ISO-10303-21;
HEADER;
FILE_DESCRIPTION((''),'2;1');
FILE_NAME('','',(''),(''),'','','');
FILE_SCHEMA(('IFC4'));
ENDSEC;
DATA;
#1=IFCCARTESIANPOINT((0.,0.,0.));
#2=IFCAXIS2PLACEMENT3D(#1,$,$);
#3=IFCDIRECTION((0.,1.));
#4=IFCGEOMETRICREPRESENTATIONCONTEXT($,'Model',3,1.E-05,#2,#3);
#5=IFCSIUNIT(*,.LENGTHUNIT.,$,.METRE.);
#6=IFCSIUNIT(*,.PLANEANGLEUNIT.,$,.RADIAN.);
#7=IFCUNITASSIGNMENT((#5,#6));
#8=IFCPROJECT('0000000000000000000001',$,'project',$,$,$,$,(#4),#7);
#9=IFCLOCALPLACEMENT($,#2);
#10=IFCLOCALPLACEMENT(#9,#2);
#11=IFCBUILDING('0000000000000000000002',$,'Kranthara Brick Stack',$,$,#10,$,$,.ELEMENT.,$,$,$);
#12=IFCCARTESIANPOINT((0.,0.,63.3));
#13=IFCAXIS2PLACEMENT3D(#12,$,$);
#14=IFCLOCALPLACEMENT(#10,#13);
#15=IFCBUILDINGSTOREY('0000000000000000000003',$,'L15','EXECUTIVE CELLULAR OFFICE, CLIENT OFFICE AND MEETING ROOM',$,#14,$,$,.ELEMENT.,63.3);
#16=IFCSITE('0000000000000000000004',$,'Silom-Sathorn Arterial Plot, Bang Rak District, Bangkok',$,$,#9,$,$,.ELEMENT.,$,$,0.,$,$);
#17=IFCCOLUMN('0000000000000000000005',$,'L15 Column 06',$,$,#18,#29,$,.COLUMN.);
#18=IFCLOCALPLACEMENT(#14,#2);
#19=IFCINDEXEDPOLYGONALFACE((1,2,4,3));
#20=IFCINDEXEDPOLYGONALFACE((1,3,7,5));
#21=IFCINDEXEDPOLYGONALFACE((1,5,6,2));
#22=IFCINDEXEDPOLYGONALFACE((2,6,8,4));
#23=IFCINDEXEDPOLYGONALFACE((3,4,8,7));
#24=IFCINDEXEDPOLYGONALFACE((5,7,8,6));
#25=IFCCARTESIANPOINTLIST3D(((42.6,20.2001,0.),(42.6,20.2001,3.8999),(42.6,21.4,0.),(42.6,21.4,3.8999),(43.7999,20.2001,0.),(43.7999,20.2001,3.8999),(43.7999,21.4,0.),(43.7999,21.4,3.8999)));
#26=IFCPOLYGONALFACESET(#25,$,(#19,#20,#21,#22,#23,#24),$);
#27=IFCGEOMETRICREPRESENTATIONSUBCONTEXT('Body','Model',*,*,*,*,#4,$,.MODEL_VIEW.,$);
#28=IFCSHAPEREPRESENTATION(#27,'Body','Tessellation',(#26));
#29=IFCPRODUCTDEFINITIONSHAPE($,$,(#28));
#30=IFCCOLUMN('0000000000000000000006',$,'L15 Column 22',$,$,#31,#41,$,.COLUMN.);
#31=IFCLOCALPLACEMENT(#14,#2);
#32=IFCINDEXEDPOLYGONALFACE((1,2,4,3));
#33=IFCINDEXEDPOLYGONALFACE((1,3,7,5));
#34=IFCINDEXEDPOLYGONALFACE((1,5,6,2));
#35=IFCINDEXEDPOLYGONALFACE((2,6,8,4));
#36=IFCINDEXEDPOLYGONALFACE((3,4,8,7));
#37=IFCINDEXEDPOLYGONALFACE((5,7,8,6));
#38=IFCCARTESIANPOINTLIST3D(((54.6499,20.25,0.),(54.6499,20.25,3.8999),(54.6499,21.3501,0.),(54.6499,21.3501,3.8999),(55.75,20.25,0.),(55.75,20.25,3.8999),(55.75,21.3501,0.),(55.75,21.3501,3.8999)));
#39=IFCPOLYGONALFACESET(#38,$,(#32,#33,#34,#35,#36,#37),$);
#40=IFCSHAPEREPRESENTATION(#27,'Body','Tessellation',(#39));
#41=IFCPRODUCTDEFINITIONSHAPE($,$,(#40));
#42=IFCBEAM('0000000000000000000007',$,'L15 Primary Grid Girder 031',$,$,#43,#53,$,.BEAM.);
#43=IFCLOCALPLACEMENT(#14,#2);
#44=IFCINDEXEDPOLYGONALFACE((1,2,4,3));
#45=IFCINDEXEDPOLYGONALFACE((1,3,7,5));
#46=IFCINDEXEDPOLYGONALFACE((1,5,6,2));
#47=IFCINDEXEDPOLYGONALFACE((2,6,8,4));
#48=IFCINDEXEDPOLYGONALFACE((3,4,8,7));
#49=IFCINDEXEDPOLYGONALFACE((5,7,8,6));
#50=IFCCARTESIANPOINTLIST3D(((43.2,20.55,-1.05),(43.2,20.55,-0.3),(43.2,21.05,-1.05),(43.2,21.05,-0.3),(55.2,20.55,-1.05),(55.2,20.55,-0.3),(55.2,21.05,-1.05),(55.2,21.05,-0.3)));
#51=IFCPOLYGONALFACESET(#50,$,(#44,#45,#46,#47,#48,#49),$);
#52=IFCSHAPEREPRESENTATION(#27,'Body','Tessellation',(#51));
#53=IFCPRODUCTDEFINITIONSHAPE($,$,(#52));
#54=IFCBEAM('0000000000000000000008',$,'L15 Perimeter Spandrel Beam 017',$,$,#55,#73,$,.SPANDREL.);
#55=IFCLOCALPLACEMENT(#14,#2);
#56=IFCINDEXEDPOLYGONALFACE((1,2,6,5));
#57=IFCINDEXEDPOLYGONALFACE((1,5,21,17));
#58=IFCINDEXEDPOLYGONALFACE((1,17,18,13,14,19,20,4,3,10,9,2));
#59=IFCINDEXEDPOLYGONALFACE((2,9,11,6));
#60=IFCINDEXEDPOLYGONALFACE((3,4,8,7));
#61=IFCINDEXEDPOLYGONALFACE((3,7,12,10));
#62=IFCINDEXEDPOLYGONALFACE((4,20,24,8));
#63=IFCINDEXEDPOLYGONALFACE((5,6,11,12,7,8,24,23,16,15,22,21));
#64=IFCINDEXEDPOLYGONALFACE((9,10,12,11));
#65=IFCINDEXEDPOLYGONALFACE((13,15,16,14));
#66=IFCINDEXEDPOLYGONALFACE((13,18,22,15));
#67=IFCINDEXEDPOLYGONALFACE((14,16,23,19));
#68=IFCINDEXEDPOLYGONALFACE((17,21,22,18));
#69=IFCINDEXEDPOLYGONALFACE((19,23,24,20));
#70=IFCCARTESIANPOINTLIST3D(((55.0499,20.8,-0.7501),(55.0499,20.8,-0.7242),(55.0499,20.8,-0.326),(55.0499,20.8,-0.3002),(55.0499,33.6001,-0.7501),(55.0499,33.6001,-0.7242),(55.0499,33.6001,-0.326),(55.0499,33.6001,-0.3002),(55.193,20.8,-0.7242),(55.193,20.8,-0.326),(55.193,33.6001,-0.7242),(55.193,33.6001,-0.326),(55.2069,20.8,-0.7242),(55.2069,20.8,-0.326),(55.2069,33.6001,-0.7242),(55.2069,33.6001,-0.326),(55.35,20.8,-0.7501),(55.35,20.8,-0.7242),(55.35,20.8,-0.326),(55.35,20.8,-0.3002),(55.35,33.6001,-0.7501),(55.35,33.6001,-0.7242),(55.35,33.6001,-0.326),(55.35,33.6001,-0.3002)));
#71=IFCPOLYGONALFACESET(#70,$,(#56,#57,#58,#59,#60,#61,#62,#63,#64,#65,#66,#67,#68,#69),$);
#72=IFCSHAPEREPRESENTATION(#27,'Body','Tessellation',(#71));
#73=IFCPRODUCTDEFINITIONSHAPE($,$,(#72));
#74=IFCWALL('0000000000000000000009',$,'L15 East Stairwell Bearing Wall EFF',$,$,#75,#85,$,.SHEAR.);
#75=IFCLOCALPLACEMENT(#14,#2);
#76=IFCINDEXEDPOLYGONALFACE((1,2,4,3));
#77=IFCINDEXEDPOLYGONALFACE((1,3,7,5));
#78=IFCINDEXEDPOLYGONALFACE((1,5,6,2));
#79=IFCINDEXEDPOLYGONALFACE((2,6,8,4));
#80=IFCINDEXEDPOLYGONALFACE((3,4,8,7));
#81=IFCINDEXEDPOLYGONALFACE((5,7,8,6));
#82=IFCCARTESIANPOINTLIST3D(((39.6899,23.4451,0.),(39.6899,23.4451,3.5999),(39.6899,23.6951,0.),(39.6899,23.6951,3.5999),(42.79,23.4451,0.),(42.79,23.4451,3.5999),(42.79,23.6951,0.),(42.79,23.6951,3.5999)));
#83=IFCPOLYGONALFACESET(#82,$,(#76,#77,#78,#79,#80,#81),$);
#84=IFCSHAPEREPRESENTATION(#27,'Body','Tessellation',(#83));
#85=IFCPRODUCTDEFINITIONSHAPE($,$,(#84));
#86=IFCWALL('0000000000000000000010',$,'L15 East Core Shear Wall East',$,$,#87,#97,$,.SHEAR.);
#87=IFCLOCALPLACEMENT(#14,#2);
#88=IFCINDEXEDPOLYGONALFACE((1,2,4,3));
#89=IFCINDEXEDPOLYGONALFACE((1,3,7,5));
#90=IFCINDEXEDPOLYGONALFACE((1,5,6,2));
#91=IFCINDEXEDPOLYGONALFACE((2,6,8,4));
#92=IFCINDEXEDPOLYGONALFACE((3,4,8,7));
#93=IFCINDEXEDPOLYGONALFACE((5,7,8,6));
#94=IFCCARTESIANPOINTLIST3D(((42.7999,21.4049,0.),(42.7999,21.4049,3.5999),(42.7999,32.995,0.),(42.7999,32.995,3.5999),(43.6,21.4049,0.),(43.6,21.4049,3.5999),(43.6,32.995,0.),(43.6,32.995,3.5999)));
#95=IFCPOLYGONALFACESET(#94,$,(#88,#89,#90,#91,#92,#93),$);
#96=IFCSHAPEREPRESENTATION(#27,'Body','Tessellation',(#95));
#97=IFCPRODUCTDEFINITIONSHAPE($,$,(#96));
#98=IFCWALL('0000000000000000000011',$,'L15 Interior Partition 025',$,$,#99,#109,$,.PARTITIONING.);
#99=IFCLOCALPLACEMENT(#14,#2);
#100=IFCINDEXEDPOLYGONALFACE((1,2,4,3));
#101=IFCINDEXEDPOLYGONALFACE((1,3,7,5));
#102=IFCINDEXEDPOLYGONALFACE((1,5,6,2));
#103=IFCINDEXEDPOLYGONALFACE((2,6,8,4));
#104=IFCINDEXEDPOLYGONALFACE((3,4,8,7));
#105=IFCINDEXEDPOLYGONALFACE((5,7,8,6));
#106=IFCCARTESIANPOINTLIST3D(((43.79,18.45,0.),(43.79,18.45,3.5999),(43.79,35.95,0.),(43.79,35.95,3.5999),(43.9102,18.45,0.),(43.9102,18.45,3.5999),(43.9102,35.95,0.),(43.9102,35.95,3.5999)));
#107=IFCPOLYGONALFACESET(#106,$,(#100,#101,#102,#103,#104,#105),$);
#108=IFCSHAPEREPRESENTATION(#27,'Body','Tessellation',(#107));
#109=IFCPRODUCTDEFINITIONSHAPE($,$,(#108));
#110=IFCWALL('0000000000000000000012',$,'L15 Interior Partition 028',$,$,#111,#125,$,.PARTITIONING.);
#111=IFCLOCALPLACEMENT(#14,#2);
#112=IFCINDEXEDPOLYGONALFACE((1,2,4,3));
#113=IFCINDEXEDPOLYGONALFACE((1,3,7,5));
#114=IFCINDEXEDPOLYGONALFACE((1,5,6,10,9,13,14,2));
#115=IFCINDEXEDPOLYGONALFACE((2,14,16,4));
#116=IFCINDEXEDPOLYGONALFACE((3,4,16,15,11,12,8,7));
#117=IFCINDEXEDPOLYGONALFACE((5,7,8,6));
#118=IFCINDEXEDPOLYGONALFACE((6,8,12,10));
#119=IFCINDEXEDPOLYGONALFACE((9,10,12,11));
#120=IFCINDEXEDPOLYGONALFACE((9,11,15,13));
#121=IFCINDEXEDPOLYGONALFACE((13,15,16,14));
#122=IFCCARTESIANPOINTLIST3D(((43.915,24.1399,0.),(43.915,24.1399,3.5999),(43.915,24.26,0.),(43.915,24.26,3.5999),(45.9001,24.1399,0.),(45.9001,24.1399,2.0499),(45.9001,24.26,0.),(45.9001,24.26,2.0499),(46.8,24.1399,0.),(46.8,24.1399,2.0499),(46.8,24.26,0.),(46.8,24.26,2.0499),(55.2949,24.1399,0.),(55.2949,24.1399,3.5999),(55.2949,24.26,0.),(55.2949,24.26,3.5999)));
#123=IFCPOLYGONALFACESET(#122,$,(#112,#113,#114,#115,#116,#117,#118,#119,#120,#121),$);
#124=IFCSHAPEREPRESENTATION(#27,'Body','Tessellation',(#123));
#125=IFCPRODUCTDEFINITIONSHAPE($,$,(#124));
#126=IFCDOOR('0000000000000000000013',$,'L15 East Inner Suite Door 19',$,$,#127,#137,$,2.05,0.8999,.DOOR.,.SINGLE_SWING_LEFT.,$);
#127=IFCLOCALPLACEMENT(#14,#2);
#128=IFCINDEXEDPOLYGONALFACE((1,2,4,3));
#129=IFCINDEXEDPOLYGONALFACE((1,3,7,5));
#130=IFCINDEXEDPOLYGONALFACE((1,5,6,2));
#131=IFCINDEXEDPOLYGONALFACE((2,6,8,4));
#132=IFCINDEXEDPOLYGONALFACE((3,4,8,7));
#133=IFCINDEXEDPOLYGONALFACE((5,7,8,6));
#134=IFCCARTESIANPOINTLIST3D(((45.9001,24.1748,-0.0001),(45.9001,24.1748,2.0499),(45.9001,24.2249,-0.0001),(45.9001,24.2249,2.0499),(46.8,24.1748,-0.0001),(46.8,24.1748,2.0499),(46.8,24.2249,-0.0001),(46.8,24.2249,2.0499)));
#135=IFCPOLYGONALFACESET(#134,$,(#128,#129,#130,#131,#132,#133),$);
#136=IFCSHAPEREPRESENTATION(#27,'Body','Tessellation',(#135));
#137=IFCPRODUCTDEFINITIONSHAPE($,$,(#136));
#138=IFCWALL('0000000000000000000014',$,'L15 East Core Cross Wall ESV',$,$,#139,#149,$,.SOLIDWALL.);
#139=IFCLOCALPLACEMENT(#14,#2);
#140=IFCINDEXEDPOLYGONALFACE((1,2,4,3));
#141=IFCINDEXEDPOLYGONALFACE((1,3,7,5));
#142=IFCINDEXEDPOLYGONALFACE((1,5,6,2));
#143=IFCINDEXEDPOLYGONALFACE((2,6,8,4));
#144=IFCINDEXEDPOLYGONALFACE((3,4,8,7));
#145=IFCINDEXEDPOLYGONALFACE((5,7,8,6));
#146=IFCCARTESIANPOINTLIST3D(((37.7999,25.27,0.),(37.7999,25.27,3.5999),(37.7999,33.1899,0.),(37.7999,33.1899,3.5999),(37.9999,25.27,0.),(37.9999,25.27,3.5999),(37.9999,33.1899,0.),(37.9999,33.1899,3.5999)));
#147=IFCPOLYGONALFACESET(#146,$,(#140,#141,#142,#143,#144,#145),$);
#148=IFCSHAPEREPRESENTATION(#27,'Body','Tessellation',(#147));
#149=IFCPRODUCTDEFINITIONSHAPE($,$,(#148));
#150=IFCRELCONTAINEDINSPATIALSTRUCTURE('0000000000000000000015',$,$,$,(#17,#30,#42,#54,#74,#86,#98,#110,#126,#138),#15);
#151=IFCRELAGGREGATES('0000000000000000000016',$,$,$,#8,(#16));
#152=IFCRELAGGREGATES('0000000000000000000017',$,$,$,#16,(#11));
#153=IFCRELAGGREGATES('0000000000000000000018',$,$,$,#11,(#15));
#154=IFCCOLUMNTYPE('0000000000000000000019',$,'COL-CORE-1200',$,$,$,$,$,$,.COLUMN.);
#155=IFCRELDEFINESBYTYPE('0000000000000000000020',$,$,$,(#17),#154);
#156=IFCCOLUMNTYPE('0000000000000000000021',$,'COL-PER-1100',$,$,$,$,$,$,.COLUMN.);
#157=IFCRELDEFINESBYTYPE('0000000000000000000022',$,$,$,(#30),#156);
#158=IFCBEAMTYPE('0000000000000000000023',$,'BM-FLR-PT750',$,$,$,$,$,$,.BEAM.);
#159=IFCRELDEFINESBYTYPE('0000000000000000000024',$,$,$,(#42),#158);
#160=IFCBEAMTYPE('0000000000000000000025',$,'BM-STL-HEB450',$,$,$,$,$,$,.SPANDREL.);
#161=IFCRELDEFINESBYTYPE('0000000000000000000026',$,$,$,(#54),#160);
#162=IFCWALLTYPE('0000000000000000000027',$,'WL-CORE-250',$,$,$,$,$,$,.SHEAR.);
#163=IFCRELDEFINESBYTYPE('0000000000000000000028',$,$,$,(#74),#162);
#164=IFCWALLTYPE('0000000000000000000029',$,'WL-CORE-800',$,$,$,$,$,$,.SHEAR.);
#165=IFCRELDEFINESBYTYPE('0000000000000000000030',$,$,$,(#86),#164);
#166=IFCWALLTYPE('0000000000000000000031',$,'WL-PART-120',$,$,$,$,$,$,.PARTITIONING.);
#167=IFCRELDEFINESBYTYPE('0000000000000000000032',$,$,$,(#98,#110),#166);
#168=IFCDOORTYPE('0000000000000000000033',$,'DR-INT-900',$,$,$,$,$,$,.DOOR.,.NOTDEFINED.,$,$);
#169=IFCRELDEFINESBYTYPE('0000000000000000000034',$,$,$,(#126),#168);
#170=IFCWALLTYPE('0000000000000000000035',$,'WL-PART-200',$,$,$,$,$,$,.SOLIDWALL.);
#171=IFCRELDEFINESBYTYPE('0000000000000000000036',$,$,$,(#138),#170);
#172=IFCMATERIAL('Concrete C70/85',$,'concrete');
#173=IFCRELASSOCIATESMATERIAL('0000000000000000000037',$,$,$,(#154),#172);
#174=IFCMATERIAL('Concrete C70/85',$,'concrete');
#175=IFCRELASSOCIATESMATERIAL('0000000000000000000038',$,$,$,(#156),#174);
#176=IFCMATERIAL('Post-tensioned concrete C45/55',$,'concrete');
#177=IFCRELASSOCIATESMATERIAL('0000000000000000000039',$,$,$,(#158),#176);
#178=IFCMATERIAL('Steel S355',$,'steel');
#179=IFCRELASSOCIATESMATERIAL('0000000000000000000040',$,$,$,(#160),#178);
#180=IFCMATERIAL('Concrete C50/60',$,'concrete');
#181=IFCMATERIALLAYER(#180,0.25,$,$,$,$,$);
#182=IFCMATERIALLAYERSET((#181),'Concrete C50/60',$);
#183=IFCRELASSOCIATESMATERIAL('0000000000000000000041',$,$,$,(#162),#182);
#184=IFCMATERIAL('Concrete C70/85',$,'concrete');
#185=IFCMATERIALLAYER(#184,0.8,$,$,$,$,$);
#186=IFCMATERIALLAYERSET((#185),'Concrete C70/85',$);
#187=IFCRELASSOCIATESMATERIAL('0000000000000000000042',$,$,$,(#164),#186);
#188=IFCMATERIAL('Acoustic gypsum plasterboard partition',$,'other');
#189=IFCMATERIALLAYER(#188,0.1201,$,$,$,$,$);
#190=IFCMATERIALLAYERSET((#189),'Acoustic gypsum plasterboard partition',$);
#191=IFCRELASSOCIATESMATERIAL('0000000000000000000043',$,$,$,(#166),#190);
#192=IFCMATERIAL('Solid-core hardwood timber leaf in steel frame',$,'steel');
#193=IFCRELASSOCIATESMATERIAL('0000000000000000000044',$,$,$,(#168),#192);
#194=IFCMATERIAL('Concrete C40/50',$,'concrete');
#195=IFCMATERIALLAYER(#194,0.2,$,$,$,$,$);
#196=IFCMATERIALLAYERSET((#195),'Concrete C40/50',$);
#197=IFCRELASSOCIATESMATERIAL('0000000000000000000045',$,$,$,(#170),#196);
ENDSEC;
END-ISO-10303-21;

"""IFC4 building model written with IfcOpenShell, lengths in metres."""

from ifc_helpers import new_model, si_unit, direction, frame, frame_2d, origin, origin_2d, place, context, subcontext, project, spatial, rectangle, i_section, extrude, material, layer, layer_set, material_profile, profile_set, type_object, element, fill, save


model = new_model("IFC4")

# Units and contexts
model_context = context("Model", 3, precision=1e-05, world=origin(), true_north=direction((0.0, 1.0)))
body_context = subcontext(model_context, "Body", "Model", "MODEL_VIEW")
ifc_project = project(units=[si_unit("LENGTHUNIT", "METRE"), si_unit("PLANEANGLEUNIT", "RADIAN")], contexts=[model_context])

# Site, building, storey
site_placement = place(None, origin())
site = spatial("IfcSite", under=ifc_project, at=site_placement, Name="Silom-Sathorn Arterial Plot, Bang Rak District, Bangkok", CompositionType="ELEMENT", RefElevation=0.0)
building_placement = place(site_placement, origin())
building = spatial("IfcBuilding", under=site, at=building_placement, Name="Kranthara Brick Stack", CompositionType="ELEMENT")
storey_placement = place(building_placement, frame((0.0, 0.0, 63.3)))
storey = spatial("IfcBuildingStorey", under=building, at=storey_placement, Name="L15", Description="EXECUTIVE CELLULAR OFFICE, CLIENT OFFICE AND MEETING ROOM", CompositionType="ELEMENT", Elevation=63.3)

# Columns
ifc_material_1 = material(Name="Concrete C70/85", Category="concrete")
ifc_material_profile_1 = material_profile(ifc_material_1, rectangle(XDim=1.2, YDim=1.2, at=origin_2d()), Name="RC 1200x1200")
ifc_profile_set_1 = profile_set([ifc_material_profile_1], Name="Concrete C70/85")
column_type_1 = type_object("IfcColumnType", Name="COL-CORE-1200", PredefinedType="COLUMN", material=ifc_profile_set_1)
column_1_placement = place(storey_placement, frame((43.2, 20.8, 0.0), z_axis=(0.0, 0.0, 1.0), x_axis=(1.0, 0.0, 0.0)))
element("IfcColumn", 1, at=column_1_placement, inside=storey, type_object=column_type_1, Name="L15 Column 06", PredefinedType="COLUMN", context=body_context, shape_type="SweptSolid", body=[
    extrude(rectangle(XDim=1.2, YDim=1.2, at=origin_2d()), origin(), (0.0, 0.0, 1.0), 3.8999),
])
ifc_material_2 = material(Name="Concrete C70/85", Category="concrete")
ifc_material_profile_2 = material_profile(ifc_material_2, rectangle(XDim=1.1001, YDim=1.1001, at=origin_2d()), Name="RC 1100x1100")
ifc_profile_set_2 = profile_set([ifc_material_profile_2], Name="Concrete C70/85")
column_type_2 = type_object("IfcColumnType", Name="COL-PER-1100", PredefinedType="COLUMN", material=ifc_profile_set_2)
column_2_placement = place(storey_placement, frame((55.2, 20.8, 0.0), z_axis=(0.0, 0.0, 1.0), x_axis=(1.0, 0.0, 0.0)))
element("IfcColumn", 2, at=column_2_placement, inside=storey, type_object=column_type_2, Name="L15 Column 22", PredefinedType="COLUMN", context=body_context, shape_type="SweptSolid", body=[
    extrude(rectangle(XDim=1.1001, YDim=1.1001, at=origin_2d()), origin(), (0.0, 0.0, 1.0), 3.8999),
])

# Beams
ifc_material_3 = material(Name="Post-tensioned concrete C45/55", Category="concrete")
ifc_material_profile_3 = material_profile(ifc_material_3, rectangle(XDim=0.5, YDim=0.75, at=origin_2d()), Name="PT 500x750")
ifc_profile_set_3 = profile_set([ifc_material_profile_3], Name="Post-tensioned concrete C45/55")
beam_type_1 = type_object("IfcBeamType", Name="BM-FLR-PT750", PredefinedType="BEAM", material=ifc_profile_set_3)
beam_1_placement = place(storey_placement, frame((43.2, 20.8, -0.675), z_axis=(1.0, 0.0, 0.0), x_axis=(0.0, 1.0, 0.0)))
element("IfcBeam", 3, at=beam_1_placement, inside=storey, type_object=beam_type_1, Name="L15 Primary Grid Girder 031", PredefinedType="BEAM", context=body_context, shape_type="SweptSolid", body=[
    extrude(rectangle(XDim=0.5, YDim=0.75, at=origin_2d()), origin(), (0.0, 0.0, 1.0), 12.0),
])
ifc_material_4 = material(Name="Steel S355", Category="steel")
ifc_material_profile_4 = material_profile(ifc_material_4, i_section(OverallWidth=0.3, OverallDepth=0.45, WebThickness=0.0139, FlangeThickness=0.0259, at=origin_2d()), Name="HEB 450")
ifc_profile_set_4 = profile_set([ifc_material_profile_4], Name="Steel S355")
beam_type_2 = type_object("IfcBeamType", Name="BM-STL-HEB450", PredefinedType="SPANDREL", material=ifc_profile_set_4)
beam_2_placement = place(storey_placement, frame((55.2, 20.8, -0.5251), z_axis=(0.0, 1.0, 0.0), x_axis=(-1.0, 0.0, 0.0)))
element("IfcBeam", 4, at=beam_2_placement, inside=storey, type_object=beam_type_2, Name="L15 Perimeter Spandrel Beam 017", PredefinedType="SPANDREL", context=body_context, shape_type="SweptSolid", body=[
    extrude(i_section(OverallWidth=0.3, OverallDepth=0.45, WebThickness=0.0139, FlangeThickness=0.0259, at=origin_2d()), origin(), (0.0, 0.0, 1.0), 12.8),
])

# Shared definitions
ifc_material_5 = material(Name="Concrete C50/60", Category="concrete")
ifc_layer_1 = layer(ifc_material_5, 0.25)
ifc_layer_set_1 = layer_set([ifc_layer_1], Name="Concrete C50/60")
wall_type_1 = type_object("IfcWallType", Name="WL-CORE-250", PredefinedType="SHEAR", material=ifc_layer_set_1)

# Walls
wall_1_placement = place(storey_placement, frame((39.6899, 23.5701, 0.0), z_axis=(0.0, 0.0, 1.0), x_axis=(1.0, 0.0, 0.0)))
element("IfcWall", 5, at=wall_1_placement, inside=storey, type_object=wall_type_1, Name="L15 East Stairwell Bearing Wall EFF", PredefinedType="SHEAR", context=body_context, shape_type="SweptSolid", body=[
    extrude(rectangle(XDim=3.1001, YDim=0.25, at=frame_2d((1.55, 0.0))), origin(), (0.0, 0.0, 1.0), 3.5999),
])
ifc_material_6 = material(Name="Concrete C70/85", Category="concrete")
ifc_layer_2 = layer(ifc_material_6, 0.8)
ifc_layer_set_2 = layer_set([ifc_layer_2], Name="Concrete C70/85")
wall_type_2 = type_object("IfcWallType", Name="WL-CORE-800", PredefinedType="SHEAR", material=ifc_layer_set_2)
wall_2_placement = place(storey_placement, frame((43.2, 21.405, 0.0), z_axis=(0.0, 0.0, 1.0), x_axis=(0.0, 1.0, 0.0)))
element("IfcWall", 6, at=wall_2_placement, inside=storey, type_object=wall_type_2, Name="L15 East Core Shear Wall East", PredefinedType="SHEAR", context=body_context, shape_type="SweptSolid", body=[
    extrude(rectangle(XDim=11.5901, YDim=0.8, at=frame_2d((5.7949, 0.0))), origin(), (0.0, 0.0, 1.0), 3.5999),
])
ifc_material_7 = material(Name="Acoustic gypsum plasterboard partition", Category="other")
ifc_layer_3 = layer(ifc_material_7, 0.1201)
ifc_layer_set_3 = layer_set([ifc_layer_3], Name="Acoustic gypsum plasterboard partition")
wall_type_3 = type_object("IfcWallType", Name="WL-PART-120", PredefinedType="PARTITIONING", material=ifc_layer_set_3)
wall_3_placement = place(storey_placement, frame((43.8501, 18.45, 0.0), z_axis=(0.0, 0.0, 1.0), x_axis=(0.0, 1.0, 0.0)))
element("IfcWall", 7, at=wall_3_placement, inside=storey, type_object=wall_type_3, Name="L15 Interior Partition 025", PredefinedType="PARTITIONING", context=body_context, shape_type="SweptSolid", body=[
    extrude(rectangle(XDim=17.5, YDim=0.1201, at=frame_2d((8.75, 0.0))), origin(), (0.0, 0.0, 1.0), 3.5999),
])

# Wall, opening, door
wall_4_placement = place(storey_placement, frame((43.915, 24.2, 0.0), z_axis=(0.0, 0.0, 1.0), x_axis=(1.0, 0.0, 0.0)))
wall_4 = element("IfcWall", 8, at=wall_4_placement, inside=storey, type_object=wall_type_3, Name="L15 Interior Partition 028", PredefinedType="PARTITIONING", context=body_context, shape_type="SweptSolid", body=[
    extrude(rectangle(XDim=11.3799, YDim=0.1201, at=frame_2d((5.6899, 0.0))), origin(), (0.0, 0.0, 1.0), 3.5999),
])
opening_1_placement = place(wall_4_placement, frame((1.9851, 0.0, 0.0)))
opening_1 = element("IfcOpeningElement", 9, at=opening_1_placement, cuts=wall_4, PredefinedType="OPENING", context=body_context, shape_type="SweptSolid", body=[
    extrude(rectangle(XDim=0.8999, YDim=2.05, at=frame_2d((0.45, 1.0249))), frame((0.0, 0.0701, 0.0), z_axis=(0.0, -1.0, 0.0), x_axis=(1.0, 0.0, 0.0)), (0.0, 0.0, 1.0), 0.1401),
])
ifc_material_8 = material(Name="Solid-core hardwood timber leaf in steel frame", Category="steel")
door_type_1 = type_object("IfcDoorType", Name="DR-INT-900", OperationType="NOTDEFINED", PredefinedType="DOOR", material=ifc_material_8)
door_1_placement = place(opening_1_placement, origin())
door_1 = element("IfcDoor", 10, at=door_1_placement, inside=storey, type_object=door_type_1, Name="L15 East Inner Suite Door 19", OperationType="SINGLE_SWING_LEFT", OverallHeight=2.05, OverallWidth=0.8999, PredefinedType="DOOR", context=body_context, shape_type="SweptSolid", body=[
    extrude(rectangle(XDim=0.8999, YDim=2.05, at=frame_2d((0.45, 1.0249))), frame((0.0, 0.0249, 0.0), z_axis=(0.0, -1.0, 0.0), x_axis=(1.0, 0.0, 0.0)), (0.0, 0.0, 1.0), 0.05),
])
fill(opening_1, door_1)

# Wall
ifc_material_9 = material(Name="Concrete C40/50", Category="concrete")
ifc_layer_4 = layer(ifc_material_9, 0.2)
ifc_layer_set_4 = layer_set([ifc_layer_4], Name="Concrete C40/50")
wall_type_4 = type_object("IfcWallType", Name="WL-PART-200", PredefinedType="SOLIDWALL", material=ifc_layer_set_4)
wall_5_placement = place(storey_placement, frame((37.8999, 25.27, 0.0), z_axis=(0.0, 0.0, 1.0), x_axis=(0.0, 1.0, 0.0)))
element("IfcWall", 11, at=wall_5_placement, inside=storey, type_object=wall_type_4, Name="L15 East Core Cross Wall ESV", PredefinedType="SOLIDWALL", context=body_context, shape_type="SweptSolid", body=[
    extrude(rectangle(XDim=7.9199, YDim=0.2, at=frame_2d((3.96, 0.0))), origin(), (0.0, 0.0, 1.0), 3.5999),
])

save(model, "model.ifc")
